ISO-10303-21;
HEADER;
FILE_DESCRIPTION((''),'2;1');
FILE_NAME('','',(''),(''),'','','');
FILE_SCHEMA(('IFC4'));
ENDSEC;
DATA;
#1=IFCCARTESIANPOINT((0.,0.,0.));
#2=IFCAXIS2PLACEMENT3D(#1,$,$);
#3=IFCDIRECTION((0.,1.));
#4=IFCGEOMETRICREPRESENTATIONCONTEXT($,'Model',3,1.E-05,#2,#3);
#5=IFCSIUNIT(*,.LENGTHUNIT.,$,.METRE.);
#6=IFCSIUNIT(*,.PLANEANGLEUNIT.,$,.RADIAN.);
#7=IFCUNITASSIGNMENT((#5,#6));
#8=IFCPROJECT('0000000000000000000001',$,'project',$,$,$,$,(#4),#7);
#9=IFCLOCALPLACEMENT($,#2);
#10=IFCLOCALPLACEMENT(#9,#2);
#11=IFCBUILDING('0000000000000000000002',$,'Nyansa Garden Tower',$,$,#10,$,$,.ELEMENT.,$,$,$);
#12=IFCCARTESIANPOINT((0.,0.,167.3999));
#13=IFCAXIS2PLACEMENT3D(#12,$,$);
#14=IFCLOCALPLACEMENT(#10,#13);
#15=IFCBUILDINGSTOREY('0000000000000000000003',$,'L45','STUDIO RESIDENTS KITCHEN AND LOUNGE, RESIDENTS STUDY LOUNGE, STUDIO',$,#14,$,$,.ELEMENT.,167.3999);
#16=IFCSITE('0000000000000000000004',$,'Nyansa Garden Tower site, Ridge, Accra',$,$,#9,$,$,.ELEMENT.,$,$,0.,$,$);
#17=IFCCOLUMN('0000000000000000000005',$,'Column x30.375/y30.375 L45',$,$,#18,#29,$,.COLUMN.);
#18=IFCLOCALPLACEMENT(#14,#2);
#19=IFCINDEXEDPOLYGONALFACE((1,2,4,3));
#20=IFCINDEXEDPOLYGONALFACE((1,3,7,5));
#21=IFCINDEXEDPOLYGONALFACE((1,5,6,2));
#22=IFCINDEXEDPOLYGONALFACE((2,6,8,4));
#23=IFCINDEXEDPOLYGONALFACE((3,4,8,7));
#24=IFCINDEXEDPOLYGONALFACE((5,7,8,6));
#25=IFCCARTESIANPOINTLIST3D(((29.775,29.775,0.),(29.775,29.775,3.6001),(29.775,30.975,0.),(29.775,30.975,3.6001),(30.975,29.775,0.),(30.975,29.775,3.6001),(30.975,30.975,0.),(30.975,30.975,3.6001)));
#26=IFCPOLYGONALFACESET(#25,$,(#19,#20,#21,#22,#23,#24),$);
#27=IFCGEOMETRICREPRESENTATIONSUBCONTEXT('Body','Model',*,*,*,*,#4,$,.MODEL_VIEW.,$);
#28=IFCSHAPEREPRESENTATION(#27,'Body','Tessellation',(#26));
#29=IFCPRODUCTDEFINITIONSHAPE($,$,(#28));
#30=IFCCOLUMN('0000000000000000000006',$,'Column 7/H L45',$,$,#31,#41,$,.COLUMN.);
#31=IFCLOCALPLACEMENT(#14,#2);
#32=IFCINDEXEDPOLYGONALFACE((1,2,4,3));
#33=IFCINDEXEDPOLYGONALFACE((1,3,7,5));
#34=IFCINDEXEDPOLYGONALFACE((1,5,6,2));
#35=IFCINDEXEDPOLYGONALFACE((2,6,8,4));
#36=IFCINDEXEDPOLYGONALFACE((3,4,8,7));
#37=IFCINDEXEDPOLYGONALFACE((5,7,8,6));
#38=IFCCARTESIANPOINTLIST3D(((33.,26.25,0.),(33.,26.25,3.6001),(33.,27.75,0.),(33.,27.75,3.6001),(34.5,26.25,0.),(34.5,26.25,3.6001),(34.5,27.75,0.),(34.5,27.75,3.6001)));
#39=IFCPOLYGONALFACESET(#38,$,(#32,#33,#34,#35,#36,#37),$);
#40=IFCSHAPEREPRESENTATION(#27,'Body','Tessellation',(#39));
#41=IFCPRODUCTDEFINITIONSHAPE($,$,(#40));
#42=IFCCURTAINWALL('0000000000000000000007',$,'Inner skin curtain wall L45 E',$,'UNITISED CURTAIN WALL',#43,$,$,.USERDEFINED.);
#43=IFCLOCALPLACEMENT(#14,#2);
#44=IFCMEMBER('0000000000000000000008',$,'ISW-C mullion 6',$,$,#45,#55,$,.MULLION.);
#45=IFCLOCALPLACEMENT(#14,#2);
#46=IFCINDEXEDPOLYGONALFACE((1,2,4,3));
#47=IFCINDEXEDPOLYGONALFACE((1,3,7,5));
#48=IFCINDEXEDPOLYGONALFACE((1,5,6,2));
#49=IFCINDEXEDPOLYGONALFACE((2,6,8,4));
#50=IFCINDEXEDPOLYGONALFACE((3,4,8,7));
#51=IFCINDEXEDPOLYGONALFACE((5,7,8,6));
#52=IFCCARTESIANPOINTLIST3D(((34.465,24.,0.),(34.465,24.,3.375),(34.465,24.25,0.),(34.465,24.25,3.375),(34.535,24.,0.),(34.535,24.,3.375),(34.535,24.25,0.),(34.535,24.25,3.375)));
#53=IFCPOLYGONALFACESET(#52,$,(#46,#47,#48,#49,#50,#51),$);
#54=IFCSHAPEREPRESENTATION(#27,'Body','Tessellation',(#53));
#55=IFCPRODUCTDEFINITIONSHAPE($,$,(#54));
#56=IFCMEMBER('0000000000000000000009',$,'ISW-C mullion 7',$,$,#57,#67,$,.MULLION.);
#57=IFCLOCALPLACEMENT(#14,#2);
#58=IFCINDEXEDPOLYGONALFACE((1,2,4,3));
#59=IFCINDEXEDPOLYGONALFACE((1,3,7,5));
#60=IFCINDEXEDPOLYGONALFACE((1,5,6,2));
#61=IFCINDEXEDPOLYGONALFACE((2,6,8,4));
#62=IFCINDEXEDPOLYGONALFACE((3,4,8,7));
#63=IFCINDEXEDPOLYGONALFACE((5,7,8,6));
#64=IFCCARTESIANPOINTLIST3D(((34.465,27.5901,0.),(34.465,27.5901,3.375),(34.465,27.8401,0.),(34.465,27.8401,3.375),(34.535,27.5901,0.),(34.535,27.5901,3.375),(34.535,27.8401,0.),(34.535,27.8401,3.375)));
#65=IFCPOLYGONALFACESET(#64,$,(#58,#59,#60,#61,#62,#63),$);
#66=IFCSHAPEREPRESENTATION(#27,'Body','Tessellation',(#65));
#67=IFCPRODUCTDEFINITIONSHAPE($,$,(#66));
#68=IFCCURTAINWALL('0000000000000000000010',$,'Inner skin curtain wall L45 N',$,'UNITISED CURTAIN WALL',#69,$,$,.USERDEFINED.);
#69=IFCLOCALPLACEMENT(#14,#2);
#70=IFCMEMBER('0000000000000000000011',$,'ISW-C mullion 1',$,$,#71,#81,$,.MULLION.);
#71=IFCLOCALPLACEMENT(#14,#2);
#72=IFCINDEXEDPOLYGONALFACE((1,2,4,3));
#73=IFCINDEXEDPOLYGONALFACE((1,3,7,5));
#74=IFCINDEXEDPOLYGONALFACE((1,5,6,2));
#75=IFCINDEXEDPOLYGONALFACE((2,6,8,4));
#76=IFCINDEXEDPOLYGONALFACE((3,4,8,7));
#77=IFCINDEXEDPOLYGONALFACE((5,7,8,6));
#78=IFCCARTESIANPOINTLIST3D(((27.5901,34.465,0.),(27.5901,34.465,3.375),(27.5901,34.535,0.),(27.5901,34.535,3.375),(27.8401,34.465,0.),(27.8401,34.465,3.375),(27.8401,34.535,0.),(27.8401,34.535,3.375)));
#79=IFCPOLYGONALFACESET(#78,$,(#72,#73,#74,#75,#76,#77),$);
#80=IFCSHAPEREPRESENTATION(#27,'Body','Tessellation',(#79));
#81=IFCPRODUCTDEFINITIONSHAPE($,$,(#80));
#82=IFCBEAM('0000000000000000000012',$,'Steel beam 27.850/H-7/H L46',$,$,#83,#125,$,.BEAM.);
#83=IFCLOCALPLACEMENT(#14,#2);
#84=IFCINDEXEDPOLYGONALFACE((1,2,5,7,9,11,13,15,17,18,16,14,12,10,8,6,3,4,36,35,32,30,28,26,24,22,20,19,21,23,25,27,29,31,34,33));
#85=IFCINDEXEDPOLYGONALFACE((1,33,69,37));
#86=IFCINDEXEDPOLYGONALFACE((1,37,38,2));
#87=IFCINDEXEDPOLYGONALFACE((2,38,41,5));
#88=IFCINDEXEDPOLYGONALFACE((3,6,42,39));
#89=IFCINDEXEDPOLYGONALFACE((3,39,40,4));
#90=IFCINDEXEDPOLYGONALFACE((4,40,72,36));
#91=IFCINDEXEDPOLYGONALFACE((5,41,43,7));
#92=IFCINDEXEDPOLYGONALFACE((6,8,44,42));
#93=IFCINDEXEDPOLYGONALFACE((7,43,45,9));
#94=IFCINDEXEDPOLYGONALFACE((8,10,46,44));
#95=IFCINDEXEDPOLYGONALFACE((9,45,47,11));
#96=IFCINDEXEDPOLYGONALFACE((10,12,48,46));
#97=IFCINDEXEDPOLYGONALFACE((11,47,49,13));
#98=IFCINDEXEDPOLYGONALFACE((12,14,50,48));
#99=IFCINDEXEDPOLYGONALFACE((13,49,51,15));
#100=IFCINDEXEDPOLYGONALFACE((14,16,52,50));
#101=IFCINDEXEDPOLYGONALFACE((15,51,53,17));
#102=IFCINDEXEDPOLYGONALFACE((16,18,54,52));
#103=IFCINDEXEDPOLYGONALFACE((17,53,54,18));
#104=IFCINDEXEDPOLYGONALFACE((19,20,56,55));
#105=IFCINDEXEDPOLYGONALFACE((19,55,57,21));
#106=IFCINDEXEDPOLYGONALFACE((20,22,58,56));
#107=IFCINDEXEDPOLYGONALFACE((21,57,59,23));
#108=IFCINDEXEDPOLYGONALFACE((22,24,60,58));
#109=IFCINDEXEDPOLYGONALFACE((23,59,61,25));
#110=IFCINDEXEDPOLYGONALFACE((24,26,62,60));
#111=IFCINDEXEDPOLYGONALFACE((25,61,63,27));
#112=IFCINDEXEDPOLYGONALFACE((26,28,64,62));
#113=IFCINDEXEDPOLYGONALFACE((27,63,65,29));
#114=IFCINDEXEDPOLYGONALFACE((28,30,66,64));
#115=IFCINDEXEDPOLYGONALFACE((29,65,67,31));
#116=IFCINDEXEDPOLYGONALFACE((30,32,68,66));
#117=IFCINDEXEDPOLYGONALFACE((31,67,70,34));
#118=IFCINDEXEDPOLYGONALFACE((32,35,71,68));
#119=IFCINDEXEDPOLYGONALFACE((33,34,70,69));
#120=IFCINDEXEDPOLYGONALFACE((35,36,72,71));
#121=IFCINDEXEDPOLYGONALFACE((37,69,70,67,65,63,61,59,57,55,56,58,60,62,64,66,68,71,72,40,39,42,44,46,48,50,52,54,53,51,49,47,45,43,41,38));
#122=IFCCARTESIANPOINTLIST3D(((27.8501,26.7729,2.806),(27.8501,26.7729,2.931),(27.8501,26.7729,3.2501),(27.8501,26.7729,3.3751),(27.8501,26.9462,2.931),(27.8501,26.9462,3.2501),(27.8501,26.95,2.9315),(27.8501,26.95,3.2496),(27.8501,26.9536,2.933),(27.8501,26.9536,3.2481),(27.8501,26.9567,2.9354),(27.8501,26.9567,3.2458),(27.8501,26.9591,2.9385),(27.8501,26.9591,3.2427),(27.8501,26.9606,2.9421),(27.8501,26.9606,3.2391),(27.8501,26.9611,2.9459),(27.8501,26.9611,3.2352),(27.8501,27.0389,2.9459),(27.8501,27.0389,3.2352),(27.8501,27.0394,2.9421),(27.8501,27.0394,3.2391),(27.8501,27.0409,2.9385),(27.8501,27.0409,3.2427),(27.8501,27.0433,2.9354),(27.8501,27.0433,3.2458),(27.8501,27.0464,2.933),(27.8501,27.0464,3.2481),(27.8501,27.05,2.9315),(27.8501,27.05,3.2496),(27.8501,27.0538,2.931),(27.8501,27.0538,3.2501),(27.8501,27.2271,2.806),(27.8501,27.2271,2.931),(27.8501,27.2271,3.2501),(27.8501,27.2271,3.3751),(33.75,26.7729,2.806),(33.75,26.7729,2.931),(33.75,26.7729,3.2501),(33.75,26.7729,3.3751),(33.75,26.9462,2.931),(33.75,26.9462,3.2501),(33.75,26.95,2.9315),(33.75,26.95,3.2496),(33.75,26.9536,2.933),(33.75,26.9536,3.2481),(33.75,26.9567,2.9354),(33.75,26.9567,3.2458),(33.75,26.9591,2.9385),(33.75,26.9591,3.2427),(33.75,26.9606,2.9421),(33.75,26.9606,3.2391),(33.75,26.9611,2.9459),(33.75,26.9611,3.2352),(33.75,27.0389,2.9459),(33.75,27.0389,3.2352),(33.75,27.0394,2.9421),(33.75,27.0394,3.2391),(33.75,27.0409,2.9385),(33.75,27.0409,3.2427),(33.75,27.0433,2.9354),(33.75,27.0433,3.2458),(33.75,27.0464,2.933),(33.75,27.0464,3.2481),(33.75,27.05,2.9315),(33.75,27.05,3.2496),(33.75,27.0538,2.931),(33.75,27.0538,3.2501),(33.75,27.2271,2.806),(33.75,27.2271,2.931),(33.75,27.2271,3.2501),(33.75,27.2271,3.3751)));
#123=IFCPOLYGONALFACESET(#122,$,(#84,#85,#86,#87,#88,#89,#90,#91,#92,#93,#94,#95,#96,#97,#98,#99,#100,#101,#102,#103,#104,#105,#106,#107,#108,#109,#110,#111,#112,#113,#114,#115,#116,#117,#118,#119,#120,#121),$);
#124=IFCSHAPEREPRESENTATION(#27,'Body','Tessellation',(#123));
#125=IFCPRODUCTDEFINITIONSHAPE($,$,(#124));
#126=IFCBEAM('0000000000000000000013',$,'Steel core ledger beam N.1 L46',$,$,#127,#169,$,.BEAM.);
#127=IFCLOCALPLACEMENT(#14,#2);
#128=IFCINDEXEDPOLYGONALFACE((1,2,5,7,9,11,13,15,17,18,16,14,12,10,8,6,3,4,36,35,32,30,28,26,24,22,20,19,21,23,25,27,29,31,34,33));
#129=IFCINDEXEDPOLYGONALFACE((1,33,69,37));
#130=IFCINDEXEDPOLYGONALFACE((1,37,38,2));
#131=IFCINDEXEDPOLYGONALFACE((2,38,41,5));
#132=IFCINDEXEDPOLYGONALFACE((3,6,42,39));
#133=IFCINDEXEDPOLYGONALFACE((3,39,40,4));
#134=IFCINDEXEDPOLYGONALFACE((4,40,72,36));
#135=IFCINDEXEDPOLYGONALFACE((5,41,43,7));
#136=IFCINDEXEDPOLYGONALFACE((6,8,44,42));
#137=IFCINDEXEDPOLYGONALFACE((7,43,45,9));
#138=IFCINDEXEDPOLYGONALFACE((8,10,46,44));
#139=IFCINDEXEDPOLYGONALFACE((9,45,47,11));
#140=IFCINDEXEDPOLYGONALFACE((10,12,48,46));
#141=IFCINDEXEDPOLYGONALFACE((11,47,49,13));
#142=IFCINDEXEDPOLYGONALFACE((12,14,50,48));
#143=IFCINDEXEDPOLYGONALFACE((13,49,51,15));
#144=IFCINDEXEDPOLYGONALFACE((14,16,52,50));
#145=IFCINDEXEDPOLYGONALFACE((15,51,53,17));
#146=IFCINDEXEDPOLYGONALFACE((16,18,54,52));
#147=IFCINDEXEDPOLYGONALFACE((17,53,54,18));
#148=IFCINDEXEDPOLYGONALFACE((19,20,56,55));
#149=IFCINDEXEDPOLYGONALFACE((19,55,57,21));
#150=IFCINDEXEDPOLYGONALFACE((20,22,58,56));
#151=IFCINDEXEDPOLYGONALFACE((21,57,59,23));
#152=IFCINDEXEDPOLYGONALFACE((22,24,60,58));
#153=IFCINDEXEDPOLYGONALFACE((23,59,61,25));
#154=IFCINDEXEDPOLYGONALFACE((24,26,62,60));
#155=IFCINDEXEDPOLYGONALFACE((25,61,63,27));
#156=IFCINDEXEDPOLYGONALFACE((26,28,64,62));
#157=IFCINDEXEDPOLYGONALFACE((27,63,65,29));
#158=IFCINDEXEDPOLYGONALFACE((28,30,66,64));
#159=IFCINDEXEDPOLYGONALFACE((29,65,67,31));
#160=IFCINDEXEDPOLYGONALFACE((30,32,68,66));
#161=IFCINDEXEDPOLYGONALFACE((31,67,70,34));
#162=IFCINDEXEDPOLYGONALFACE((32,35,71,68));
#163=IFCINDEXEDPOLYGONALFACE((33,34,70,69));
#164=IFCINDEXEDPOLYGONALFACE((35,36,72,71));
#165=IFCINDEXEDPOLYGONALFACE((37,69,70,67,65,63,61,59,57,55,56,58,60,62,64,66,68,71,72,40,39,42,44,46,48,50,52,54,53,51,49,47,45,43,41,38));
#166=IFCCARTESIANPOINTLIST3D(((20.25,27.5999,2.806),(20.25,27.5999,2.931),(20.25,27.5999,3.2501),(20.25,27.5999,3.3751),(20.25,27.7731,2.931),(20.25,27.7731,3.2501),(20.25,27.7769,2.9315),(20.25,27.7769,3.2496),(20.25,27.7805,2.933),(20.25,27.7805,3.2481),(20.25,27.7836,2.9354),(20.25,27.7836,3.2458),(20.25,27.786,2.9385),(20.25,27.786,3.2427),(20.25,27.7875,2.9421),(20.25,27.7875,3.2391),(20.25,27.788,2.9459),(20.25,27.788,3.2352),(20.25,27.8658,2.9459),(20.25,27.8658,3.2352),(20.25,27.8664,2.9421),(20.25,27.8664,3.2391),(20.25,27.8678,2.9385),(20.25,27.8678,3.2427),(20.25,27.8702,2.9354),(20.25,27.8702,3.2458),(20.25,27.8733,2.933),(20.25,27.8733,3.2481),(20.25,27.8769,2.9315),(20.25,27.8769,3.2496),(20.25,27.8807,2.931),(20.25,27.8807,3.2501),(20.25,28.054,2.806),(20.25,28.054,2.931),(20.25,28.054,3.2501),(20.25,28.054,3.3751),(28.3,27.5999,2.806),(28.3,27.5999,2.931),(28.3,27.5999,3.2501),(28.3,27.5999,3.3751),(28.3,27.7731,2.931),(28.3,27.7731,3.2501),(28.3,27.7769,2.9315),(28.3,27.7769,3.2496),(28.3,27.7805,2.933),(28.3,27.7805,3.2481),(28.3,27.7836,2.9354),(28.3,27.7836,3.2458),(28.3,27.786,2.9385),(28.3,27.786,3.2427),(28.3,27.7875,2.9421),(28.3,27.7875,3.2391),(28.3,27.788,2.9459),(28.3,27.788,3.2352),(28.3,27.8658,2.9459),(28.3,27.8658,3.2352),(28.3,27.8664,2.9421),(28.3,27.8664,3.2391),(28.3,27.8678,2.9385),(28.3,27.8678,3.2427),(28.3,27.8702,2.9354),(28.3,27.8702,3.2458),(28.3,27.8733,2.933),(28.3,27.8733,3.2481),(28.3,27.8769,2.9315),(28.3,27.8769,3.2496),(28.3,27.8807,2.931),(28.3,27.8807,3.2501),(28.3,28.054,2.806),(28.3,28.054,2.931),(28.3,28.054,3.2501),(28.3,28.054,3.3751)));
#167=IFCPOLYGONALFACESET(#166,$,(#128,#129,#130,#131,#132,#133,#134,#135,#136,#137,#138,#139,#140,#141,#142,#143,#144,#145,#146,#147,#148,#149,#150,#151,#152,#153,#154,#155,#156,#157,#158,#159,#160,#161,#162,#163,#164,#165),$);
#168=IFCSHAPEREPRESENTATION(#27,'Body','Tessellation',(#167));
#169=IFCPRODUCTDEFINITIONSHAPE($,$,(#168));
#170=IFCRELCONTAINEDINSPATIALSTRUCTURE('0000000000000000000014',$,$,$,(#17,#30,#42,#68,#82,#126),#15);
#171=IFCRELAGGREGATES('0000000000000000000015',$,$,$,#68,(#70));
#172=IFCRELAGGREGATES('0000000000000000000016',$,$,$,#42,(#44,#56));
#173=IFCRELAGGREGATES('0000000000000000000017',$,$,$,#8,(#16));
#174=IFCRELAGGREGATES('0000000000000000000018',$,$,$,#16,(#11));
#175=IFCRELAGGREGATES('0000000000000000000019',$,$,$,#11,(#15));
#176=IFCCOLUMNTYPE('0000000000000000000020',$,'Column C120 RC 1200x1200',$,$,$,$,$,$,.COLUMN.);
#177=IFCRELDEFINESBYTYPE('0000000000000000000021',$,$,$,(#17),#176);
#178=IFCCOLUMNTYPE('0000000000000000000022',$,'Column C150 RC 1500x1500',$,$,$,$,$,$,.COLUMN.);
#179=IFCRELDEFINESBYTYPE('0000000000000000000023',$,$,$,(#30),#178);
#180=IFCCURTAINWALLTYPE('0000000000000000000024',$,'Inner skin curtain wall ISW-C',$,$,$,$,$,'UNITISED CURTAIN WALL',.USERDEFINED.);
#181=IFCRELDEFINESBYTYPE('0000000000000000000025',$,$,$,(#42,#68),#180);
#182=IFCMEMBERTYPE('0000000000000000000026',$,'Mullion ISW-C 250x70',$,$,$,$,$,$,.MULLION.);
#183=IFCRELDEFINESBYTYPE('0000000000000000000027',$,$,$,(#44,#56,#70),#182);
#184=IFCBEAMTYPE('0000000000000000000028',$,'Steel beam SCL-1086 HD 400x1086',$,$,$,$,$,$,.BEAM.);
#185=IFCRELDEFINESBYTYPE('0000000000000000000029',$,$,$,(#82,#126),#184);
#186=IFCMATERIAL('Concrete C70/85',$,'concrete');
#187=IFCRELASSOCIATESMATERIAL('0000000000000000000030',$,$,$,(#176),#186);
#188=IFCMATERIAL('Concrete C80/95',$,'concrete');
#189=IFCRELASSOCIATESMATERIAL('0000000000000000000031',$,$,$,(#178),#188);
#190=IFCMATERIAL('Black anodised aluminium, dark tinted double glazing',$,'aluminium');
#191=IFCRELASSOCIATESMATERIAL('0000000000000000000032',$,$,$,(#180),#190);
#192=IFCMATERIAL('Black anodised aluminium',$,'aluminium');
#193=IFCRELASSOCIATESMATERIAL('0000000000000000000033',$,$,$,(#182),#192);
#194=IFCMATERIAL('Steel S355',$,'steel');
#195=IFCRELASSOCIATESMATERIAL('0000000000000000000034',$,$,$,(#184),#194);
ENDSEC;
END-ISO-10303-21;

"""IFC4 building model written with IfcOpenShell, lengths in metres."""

from ifc_helpers import new_model, si_unit, direction, frame, origin, origin_2d, place, context, subcontext, project, spatial, rectangle, i_section, extrude, material, material_profile, profile_set, type_object, element, aggregate, save


model = new_model("IFC4")

# Units and contexts
model_context = context("Model", 3, precision=1e-05, world=origin(), true_north=direction((0.0, 1.0)))
body_context = subcontext(model_context, "Body", "Model", "MODEL_VIEW")
ifc_project = project(units=[si_unit("LENGTHUNIT", "METRE"), si_unit("PLANEANGLEUNIT", "RADIAN")], contexts=[model_context])

# Site, building, storey
site_placement = place(None, origin())
site = spatial("IfcSite", under=ifc_project, at=site_placement, Name="Nyansa Garden Tower site, Ridge, Accra", CompositionType="ELEMENT", RefElevation=0.0)
building_placement = place(site_placement, origin())
building = spatial("IfcBuilding", under=site, at=building_placement, Name="Nyansa Garden Tower", CompositionType="ELEMENT")
storey_placement = place(building_placement, frame((0.0, 0.0, 167.3999)))
storey = spatial("IfcBuildingStorey", under=building, at=storey_placement, Name="L45", Description="STUDIO RESIDENTS KITCHEN AND LOUNGE, RESIDENTS STUDY LOUNGE, STUDIO", CompositionType="ELEMENT", Elevation=167.3999)

# Columns
ifc_material_1 = material(Name="Concrete C70/85", Category="concrete")
ifc_material_profile_1 = material_profile(ifc_material_1, rectangle(XDim=1.2, YDim=1.2, at=origin_2d()), Name="RC 1200x1200")
ifc_profile_set_1 = profile_set([ifc_material_profile_1], Name="Concrete C70/85")
column_type_1 = type_object("IfcColumnType", Name="Column C120 RC 1200x1200", PredefinedType="COLUMN", material=ifc_profile_set_1)
column_1_placement = place(storey_placement, frame((30.375, 30.375, 0.0), z_axis=(0.0, 0.0, 1.0), x_axis=(1.0, 0.0, 0.0)))
element("IfcColumn", 1, at=column_1_placement, inside=storey, type_object=column_type_1, Name="Column x30.375/y30.375 L45", PredefinedType="COLUMN", context=body_context, shape_type="SweptSolid", body=[
    extrude(rectangle(XDim=1.2, YDim=1.2, at=origin_2d()), origin(), (0.0, 0.0, 1.0), 3.6001),
])
ifc_material_2 = material(Name="Concrete C80/95", Category="concrete")
ifc_material_profile_2 = material_profile(ifc_material_2, rectangle(XDim=1.5, YDim=1.5, at=origin_2d()), Name="RC 1500x1500")
ifc_profile_set_2 = profile_set([ifc_material_profile_2], Name="Concrete C80/95")
column_type_2 = type_object("IfcColumnType", Name="Column C150 RC 1500x1500", PredefinedType="COLUMN", material=ifc_profile_set_2)
column_2_placement = place(storey_placement, frame((33.75, 27.0, 0.0), z_axis=(0.0, 0.0, 1.0), x_axis=(1.0, 0.0, 0.0)))
element("IfcColumn", 2, at=column_2_placement, inside=storey, type_object=column_type_2, Name="Column 7/H L45", PredefinedType="COLUMN", context=body_context, shape_type="SweptSolid", body=[
    extrude(rectangle(XDim=1.5, YDim=1.5, at=origin_2d()), origin(), (0.0, 0.0, 1.0), 3.6001),
])

# Curtain wall, members
ifc_material_3 = material(Name="Black anodised aluminium, dark tinted double glazing", Category="aluminium")
curtain_wall_type = type_object("IfcCurtainWallType", Name="Inner skin curtain wall ISW-C", ElementType="UNITISED CURTAIN WALL", PredefinedType="USERDEFINED", material=ifc_material_3)
curtain_wall_1_placement = place(storey_placement, origin())
curtain_wall_1 = element("IfcCurtainWall", 3, at=curtain_wall_1_placement, inside=storey, type_object=curtain_wall_type, Name="Inner skin curtain wall L45 E", ObjectType="UNITISED CURTAIN WALL", PredefinedType="USERDEFINED")
ifc_material_4 = material(Name="Black anodised aluminium", Category="aluminium")
ifc_material_profile_3 = material_profile(ifc_material_4, rectangle(XDim=0.0701, YDim=0.25, at=origin_2d()), Name="Mullion 250x70")
ifc_profile_set_3 = profile_set([ifc_material_profile_3], Name="Black anodised aluminium")
member_type_1 = type_object("IfcMemberType", Name="Mullion ISW-C 250x70", PredefinedType="MULLION", material=ifc_profile_set_3)
member_1_placement = place(storey_placement, frame((34.5, 24.125, 0.0), z_axis=(0.0, 0.0, 1.0), x_axis=(-1.0, 0.0, 0.0)))
member_1 = element("IfcMember", 4, at=member_1_placement, type_object=member_type_1, Name="ISW-C mullion 6", PredefinedType="MULLION", context=body_context, shape_type="SweptSolid", body=[
    extrude(rectangle(XDim=0.0701, YDim=0.25, at=origin_2d()), origin(), (0.0, 0.0, 1.0), 3.375),
])
member_2_placement = place(storey_placement, frame((34.5, 27.7151, 0.0), z_axis=(0.0, 0.0, 1.0), x_axis=(-1.0, 0.0, 0.0)))
member_2 = element("IfcMember", 5, at=member_2_placement, type_object=member_type_1, Name="ISW-C mullion 7", PredefinedType="MULLION", context=body_context, shape_type="SweptSolid", body=[
    extrude(rectangle(XDim=0.0701, YDim=0.25, at=origin_2d()), origin(), (0.0, 0.0, 1.0), 3.375),
])

# Curtain wall, member
curtain_wall_2_placement = place(storey_placement, origin())
curtain_wall_2 = element("IfcCurtainWall", 6, at=curtain_wall_2_placement, inside=storey, type_object=curtain_wall_type, Name="Inner skin curtain wall L45 N", ObjectType="UNITISED CURTAIN WALL", PredefinedType="USERDEFINED")
member_3_placement = place(storey_placement, frame((27.7151, 34.5, 0.0), z_axis=(0.0, 0.0, 1.0), x_axis=(0.0, -1.0, 0.0)))
member_3 = element("IfcMember", 7, at=member_3_placement, type_object=member_type_1, Name="ISW-C mullion 1", PredefinedType="MULLION", context=body_context, shape_type="SweptSolid", body=[
    extrude(rectangle(XDim=0.0701, YDim=0.25, at=origin_2d()), origin(), (0.0, 0.0, 1.0), 3.375),
])

# Beams
ifc_material_5 = material(Name="Steel S355", Category="steel")
ifc_material_profile_4 = material_profile(ifc_material_5, i_section(OverallWidth=0.4541, OverallDepth=0.5691, WebThickness=0.0779, FlangeThickness=0.125, FilletRadius=0.0149, at=origin_2d()), Name="HD 400x1086")
ifc_profile_set_4 = profile_set([ifc_material_profile_4], Name="Steel S355")
beam_type_1 = type_object("IfcBeamType", Name="Steel beam SCL-1086 HD 400x1086", PredefinedType="BEAM", material=ifc_profile_set_4)
beam_1_placement = place(storey_placement, frame((27.8501, 27.0, 3.0906), z_axis=(1.0, 0.0, 0.0), x_axis=(0.0, 1.0, 0.0)))
element("IfcBeam", 8, at=beam_1_placement, inside=storey, type_object=beam_type_1, Name="Steel beam 27.850/H-7/H L46", PredefinedType="BEAM", context=body_context, shape_type="SweptSolid", body=[
    extrude(i_section(OverallWidth=0.4541, OverallDepth=0.5691, WebThickness=0.0779, FlangeThickness=0.125, FilletRadius=0.0149, at=origin_2d()), origin(), (0.0, 0.0, 1.0), 5.8999),
])
beam_2_placement = place(storey_placement, frame((28.3, 27.8269, 3.0906), z_axis=(-1.0, 0.0, 0.0), x_axis=(0.0, -1.0, 0.0)))
element("IfcBeam", 9, at=beam_2_placement, inside=storey, type_object=beam_type_1, Name="Steel core ledger beam N.1 L46", PredefinedType="BEAM", context=body_context, shape_type="SweptSolid", body=[
    extrude(i_section(OverallWidth=0.4541, OverallDepth=0.5691, WebThickness=0.0779, FlangeThickness=0.125, FilletRadius=0.0149, at=origin_2d()), origin(), (0.0, 0.0, 1.0), 8.05),
])

aggregate(curtain_wall_2, [member_3])

aggregate(curtain_wall_1, [member_1, member_2])

save(model, "model.ifc")
